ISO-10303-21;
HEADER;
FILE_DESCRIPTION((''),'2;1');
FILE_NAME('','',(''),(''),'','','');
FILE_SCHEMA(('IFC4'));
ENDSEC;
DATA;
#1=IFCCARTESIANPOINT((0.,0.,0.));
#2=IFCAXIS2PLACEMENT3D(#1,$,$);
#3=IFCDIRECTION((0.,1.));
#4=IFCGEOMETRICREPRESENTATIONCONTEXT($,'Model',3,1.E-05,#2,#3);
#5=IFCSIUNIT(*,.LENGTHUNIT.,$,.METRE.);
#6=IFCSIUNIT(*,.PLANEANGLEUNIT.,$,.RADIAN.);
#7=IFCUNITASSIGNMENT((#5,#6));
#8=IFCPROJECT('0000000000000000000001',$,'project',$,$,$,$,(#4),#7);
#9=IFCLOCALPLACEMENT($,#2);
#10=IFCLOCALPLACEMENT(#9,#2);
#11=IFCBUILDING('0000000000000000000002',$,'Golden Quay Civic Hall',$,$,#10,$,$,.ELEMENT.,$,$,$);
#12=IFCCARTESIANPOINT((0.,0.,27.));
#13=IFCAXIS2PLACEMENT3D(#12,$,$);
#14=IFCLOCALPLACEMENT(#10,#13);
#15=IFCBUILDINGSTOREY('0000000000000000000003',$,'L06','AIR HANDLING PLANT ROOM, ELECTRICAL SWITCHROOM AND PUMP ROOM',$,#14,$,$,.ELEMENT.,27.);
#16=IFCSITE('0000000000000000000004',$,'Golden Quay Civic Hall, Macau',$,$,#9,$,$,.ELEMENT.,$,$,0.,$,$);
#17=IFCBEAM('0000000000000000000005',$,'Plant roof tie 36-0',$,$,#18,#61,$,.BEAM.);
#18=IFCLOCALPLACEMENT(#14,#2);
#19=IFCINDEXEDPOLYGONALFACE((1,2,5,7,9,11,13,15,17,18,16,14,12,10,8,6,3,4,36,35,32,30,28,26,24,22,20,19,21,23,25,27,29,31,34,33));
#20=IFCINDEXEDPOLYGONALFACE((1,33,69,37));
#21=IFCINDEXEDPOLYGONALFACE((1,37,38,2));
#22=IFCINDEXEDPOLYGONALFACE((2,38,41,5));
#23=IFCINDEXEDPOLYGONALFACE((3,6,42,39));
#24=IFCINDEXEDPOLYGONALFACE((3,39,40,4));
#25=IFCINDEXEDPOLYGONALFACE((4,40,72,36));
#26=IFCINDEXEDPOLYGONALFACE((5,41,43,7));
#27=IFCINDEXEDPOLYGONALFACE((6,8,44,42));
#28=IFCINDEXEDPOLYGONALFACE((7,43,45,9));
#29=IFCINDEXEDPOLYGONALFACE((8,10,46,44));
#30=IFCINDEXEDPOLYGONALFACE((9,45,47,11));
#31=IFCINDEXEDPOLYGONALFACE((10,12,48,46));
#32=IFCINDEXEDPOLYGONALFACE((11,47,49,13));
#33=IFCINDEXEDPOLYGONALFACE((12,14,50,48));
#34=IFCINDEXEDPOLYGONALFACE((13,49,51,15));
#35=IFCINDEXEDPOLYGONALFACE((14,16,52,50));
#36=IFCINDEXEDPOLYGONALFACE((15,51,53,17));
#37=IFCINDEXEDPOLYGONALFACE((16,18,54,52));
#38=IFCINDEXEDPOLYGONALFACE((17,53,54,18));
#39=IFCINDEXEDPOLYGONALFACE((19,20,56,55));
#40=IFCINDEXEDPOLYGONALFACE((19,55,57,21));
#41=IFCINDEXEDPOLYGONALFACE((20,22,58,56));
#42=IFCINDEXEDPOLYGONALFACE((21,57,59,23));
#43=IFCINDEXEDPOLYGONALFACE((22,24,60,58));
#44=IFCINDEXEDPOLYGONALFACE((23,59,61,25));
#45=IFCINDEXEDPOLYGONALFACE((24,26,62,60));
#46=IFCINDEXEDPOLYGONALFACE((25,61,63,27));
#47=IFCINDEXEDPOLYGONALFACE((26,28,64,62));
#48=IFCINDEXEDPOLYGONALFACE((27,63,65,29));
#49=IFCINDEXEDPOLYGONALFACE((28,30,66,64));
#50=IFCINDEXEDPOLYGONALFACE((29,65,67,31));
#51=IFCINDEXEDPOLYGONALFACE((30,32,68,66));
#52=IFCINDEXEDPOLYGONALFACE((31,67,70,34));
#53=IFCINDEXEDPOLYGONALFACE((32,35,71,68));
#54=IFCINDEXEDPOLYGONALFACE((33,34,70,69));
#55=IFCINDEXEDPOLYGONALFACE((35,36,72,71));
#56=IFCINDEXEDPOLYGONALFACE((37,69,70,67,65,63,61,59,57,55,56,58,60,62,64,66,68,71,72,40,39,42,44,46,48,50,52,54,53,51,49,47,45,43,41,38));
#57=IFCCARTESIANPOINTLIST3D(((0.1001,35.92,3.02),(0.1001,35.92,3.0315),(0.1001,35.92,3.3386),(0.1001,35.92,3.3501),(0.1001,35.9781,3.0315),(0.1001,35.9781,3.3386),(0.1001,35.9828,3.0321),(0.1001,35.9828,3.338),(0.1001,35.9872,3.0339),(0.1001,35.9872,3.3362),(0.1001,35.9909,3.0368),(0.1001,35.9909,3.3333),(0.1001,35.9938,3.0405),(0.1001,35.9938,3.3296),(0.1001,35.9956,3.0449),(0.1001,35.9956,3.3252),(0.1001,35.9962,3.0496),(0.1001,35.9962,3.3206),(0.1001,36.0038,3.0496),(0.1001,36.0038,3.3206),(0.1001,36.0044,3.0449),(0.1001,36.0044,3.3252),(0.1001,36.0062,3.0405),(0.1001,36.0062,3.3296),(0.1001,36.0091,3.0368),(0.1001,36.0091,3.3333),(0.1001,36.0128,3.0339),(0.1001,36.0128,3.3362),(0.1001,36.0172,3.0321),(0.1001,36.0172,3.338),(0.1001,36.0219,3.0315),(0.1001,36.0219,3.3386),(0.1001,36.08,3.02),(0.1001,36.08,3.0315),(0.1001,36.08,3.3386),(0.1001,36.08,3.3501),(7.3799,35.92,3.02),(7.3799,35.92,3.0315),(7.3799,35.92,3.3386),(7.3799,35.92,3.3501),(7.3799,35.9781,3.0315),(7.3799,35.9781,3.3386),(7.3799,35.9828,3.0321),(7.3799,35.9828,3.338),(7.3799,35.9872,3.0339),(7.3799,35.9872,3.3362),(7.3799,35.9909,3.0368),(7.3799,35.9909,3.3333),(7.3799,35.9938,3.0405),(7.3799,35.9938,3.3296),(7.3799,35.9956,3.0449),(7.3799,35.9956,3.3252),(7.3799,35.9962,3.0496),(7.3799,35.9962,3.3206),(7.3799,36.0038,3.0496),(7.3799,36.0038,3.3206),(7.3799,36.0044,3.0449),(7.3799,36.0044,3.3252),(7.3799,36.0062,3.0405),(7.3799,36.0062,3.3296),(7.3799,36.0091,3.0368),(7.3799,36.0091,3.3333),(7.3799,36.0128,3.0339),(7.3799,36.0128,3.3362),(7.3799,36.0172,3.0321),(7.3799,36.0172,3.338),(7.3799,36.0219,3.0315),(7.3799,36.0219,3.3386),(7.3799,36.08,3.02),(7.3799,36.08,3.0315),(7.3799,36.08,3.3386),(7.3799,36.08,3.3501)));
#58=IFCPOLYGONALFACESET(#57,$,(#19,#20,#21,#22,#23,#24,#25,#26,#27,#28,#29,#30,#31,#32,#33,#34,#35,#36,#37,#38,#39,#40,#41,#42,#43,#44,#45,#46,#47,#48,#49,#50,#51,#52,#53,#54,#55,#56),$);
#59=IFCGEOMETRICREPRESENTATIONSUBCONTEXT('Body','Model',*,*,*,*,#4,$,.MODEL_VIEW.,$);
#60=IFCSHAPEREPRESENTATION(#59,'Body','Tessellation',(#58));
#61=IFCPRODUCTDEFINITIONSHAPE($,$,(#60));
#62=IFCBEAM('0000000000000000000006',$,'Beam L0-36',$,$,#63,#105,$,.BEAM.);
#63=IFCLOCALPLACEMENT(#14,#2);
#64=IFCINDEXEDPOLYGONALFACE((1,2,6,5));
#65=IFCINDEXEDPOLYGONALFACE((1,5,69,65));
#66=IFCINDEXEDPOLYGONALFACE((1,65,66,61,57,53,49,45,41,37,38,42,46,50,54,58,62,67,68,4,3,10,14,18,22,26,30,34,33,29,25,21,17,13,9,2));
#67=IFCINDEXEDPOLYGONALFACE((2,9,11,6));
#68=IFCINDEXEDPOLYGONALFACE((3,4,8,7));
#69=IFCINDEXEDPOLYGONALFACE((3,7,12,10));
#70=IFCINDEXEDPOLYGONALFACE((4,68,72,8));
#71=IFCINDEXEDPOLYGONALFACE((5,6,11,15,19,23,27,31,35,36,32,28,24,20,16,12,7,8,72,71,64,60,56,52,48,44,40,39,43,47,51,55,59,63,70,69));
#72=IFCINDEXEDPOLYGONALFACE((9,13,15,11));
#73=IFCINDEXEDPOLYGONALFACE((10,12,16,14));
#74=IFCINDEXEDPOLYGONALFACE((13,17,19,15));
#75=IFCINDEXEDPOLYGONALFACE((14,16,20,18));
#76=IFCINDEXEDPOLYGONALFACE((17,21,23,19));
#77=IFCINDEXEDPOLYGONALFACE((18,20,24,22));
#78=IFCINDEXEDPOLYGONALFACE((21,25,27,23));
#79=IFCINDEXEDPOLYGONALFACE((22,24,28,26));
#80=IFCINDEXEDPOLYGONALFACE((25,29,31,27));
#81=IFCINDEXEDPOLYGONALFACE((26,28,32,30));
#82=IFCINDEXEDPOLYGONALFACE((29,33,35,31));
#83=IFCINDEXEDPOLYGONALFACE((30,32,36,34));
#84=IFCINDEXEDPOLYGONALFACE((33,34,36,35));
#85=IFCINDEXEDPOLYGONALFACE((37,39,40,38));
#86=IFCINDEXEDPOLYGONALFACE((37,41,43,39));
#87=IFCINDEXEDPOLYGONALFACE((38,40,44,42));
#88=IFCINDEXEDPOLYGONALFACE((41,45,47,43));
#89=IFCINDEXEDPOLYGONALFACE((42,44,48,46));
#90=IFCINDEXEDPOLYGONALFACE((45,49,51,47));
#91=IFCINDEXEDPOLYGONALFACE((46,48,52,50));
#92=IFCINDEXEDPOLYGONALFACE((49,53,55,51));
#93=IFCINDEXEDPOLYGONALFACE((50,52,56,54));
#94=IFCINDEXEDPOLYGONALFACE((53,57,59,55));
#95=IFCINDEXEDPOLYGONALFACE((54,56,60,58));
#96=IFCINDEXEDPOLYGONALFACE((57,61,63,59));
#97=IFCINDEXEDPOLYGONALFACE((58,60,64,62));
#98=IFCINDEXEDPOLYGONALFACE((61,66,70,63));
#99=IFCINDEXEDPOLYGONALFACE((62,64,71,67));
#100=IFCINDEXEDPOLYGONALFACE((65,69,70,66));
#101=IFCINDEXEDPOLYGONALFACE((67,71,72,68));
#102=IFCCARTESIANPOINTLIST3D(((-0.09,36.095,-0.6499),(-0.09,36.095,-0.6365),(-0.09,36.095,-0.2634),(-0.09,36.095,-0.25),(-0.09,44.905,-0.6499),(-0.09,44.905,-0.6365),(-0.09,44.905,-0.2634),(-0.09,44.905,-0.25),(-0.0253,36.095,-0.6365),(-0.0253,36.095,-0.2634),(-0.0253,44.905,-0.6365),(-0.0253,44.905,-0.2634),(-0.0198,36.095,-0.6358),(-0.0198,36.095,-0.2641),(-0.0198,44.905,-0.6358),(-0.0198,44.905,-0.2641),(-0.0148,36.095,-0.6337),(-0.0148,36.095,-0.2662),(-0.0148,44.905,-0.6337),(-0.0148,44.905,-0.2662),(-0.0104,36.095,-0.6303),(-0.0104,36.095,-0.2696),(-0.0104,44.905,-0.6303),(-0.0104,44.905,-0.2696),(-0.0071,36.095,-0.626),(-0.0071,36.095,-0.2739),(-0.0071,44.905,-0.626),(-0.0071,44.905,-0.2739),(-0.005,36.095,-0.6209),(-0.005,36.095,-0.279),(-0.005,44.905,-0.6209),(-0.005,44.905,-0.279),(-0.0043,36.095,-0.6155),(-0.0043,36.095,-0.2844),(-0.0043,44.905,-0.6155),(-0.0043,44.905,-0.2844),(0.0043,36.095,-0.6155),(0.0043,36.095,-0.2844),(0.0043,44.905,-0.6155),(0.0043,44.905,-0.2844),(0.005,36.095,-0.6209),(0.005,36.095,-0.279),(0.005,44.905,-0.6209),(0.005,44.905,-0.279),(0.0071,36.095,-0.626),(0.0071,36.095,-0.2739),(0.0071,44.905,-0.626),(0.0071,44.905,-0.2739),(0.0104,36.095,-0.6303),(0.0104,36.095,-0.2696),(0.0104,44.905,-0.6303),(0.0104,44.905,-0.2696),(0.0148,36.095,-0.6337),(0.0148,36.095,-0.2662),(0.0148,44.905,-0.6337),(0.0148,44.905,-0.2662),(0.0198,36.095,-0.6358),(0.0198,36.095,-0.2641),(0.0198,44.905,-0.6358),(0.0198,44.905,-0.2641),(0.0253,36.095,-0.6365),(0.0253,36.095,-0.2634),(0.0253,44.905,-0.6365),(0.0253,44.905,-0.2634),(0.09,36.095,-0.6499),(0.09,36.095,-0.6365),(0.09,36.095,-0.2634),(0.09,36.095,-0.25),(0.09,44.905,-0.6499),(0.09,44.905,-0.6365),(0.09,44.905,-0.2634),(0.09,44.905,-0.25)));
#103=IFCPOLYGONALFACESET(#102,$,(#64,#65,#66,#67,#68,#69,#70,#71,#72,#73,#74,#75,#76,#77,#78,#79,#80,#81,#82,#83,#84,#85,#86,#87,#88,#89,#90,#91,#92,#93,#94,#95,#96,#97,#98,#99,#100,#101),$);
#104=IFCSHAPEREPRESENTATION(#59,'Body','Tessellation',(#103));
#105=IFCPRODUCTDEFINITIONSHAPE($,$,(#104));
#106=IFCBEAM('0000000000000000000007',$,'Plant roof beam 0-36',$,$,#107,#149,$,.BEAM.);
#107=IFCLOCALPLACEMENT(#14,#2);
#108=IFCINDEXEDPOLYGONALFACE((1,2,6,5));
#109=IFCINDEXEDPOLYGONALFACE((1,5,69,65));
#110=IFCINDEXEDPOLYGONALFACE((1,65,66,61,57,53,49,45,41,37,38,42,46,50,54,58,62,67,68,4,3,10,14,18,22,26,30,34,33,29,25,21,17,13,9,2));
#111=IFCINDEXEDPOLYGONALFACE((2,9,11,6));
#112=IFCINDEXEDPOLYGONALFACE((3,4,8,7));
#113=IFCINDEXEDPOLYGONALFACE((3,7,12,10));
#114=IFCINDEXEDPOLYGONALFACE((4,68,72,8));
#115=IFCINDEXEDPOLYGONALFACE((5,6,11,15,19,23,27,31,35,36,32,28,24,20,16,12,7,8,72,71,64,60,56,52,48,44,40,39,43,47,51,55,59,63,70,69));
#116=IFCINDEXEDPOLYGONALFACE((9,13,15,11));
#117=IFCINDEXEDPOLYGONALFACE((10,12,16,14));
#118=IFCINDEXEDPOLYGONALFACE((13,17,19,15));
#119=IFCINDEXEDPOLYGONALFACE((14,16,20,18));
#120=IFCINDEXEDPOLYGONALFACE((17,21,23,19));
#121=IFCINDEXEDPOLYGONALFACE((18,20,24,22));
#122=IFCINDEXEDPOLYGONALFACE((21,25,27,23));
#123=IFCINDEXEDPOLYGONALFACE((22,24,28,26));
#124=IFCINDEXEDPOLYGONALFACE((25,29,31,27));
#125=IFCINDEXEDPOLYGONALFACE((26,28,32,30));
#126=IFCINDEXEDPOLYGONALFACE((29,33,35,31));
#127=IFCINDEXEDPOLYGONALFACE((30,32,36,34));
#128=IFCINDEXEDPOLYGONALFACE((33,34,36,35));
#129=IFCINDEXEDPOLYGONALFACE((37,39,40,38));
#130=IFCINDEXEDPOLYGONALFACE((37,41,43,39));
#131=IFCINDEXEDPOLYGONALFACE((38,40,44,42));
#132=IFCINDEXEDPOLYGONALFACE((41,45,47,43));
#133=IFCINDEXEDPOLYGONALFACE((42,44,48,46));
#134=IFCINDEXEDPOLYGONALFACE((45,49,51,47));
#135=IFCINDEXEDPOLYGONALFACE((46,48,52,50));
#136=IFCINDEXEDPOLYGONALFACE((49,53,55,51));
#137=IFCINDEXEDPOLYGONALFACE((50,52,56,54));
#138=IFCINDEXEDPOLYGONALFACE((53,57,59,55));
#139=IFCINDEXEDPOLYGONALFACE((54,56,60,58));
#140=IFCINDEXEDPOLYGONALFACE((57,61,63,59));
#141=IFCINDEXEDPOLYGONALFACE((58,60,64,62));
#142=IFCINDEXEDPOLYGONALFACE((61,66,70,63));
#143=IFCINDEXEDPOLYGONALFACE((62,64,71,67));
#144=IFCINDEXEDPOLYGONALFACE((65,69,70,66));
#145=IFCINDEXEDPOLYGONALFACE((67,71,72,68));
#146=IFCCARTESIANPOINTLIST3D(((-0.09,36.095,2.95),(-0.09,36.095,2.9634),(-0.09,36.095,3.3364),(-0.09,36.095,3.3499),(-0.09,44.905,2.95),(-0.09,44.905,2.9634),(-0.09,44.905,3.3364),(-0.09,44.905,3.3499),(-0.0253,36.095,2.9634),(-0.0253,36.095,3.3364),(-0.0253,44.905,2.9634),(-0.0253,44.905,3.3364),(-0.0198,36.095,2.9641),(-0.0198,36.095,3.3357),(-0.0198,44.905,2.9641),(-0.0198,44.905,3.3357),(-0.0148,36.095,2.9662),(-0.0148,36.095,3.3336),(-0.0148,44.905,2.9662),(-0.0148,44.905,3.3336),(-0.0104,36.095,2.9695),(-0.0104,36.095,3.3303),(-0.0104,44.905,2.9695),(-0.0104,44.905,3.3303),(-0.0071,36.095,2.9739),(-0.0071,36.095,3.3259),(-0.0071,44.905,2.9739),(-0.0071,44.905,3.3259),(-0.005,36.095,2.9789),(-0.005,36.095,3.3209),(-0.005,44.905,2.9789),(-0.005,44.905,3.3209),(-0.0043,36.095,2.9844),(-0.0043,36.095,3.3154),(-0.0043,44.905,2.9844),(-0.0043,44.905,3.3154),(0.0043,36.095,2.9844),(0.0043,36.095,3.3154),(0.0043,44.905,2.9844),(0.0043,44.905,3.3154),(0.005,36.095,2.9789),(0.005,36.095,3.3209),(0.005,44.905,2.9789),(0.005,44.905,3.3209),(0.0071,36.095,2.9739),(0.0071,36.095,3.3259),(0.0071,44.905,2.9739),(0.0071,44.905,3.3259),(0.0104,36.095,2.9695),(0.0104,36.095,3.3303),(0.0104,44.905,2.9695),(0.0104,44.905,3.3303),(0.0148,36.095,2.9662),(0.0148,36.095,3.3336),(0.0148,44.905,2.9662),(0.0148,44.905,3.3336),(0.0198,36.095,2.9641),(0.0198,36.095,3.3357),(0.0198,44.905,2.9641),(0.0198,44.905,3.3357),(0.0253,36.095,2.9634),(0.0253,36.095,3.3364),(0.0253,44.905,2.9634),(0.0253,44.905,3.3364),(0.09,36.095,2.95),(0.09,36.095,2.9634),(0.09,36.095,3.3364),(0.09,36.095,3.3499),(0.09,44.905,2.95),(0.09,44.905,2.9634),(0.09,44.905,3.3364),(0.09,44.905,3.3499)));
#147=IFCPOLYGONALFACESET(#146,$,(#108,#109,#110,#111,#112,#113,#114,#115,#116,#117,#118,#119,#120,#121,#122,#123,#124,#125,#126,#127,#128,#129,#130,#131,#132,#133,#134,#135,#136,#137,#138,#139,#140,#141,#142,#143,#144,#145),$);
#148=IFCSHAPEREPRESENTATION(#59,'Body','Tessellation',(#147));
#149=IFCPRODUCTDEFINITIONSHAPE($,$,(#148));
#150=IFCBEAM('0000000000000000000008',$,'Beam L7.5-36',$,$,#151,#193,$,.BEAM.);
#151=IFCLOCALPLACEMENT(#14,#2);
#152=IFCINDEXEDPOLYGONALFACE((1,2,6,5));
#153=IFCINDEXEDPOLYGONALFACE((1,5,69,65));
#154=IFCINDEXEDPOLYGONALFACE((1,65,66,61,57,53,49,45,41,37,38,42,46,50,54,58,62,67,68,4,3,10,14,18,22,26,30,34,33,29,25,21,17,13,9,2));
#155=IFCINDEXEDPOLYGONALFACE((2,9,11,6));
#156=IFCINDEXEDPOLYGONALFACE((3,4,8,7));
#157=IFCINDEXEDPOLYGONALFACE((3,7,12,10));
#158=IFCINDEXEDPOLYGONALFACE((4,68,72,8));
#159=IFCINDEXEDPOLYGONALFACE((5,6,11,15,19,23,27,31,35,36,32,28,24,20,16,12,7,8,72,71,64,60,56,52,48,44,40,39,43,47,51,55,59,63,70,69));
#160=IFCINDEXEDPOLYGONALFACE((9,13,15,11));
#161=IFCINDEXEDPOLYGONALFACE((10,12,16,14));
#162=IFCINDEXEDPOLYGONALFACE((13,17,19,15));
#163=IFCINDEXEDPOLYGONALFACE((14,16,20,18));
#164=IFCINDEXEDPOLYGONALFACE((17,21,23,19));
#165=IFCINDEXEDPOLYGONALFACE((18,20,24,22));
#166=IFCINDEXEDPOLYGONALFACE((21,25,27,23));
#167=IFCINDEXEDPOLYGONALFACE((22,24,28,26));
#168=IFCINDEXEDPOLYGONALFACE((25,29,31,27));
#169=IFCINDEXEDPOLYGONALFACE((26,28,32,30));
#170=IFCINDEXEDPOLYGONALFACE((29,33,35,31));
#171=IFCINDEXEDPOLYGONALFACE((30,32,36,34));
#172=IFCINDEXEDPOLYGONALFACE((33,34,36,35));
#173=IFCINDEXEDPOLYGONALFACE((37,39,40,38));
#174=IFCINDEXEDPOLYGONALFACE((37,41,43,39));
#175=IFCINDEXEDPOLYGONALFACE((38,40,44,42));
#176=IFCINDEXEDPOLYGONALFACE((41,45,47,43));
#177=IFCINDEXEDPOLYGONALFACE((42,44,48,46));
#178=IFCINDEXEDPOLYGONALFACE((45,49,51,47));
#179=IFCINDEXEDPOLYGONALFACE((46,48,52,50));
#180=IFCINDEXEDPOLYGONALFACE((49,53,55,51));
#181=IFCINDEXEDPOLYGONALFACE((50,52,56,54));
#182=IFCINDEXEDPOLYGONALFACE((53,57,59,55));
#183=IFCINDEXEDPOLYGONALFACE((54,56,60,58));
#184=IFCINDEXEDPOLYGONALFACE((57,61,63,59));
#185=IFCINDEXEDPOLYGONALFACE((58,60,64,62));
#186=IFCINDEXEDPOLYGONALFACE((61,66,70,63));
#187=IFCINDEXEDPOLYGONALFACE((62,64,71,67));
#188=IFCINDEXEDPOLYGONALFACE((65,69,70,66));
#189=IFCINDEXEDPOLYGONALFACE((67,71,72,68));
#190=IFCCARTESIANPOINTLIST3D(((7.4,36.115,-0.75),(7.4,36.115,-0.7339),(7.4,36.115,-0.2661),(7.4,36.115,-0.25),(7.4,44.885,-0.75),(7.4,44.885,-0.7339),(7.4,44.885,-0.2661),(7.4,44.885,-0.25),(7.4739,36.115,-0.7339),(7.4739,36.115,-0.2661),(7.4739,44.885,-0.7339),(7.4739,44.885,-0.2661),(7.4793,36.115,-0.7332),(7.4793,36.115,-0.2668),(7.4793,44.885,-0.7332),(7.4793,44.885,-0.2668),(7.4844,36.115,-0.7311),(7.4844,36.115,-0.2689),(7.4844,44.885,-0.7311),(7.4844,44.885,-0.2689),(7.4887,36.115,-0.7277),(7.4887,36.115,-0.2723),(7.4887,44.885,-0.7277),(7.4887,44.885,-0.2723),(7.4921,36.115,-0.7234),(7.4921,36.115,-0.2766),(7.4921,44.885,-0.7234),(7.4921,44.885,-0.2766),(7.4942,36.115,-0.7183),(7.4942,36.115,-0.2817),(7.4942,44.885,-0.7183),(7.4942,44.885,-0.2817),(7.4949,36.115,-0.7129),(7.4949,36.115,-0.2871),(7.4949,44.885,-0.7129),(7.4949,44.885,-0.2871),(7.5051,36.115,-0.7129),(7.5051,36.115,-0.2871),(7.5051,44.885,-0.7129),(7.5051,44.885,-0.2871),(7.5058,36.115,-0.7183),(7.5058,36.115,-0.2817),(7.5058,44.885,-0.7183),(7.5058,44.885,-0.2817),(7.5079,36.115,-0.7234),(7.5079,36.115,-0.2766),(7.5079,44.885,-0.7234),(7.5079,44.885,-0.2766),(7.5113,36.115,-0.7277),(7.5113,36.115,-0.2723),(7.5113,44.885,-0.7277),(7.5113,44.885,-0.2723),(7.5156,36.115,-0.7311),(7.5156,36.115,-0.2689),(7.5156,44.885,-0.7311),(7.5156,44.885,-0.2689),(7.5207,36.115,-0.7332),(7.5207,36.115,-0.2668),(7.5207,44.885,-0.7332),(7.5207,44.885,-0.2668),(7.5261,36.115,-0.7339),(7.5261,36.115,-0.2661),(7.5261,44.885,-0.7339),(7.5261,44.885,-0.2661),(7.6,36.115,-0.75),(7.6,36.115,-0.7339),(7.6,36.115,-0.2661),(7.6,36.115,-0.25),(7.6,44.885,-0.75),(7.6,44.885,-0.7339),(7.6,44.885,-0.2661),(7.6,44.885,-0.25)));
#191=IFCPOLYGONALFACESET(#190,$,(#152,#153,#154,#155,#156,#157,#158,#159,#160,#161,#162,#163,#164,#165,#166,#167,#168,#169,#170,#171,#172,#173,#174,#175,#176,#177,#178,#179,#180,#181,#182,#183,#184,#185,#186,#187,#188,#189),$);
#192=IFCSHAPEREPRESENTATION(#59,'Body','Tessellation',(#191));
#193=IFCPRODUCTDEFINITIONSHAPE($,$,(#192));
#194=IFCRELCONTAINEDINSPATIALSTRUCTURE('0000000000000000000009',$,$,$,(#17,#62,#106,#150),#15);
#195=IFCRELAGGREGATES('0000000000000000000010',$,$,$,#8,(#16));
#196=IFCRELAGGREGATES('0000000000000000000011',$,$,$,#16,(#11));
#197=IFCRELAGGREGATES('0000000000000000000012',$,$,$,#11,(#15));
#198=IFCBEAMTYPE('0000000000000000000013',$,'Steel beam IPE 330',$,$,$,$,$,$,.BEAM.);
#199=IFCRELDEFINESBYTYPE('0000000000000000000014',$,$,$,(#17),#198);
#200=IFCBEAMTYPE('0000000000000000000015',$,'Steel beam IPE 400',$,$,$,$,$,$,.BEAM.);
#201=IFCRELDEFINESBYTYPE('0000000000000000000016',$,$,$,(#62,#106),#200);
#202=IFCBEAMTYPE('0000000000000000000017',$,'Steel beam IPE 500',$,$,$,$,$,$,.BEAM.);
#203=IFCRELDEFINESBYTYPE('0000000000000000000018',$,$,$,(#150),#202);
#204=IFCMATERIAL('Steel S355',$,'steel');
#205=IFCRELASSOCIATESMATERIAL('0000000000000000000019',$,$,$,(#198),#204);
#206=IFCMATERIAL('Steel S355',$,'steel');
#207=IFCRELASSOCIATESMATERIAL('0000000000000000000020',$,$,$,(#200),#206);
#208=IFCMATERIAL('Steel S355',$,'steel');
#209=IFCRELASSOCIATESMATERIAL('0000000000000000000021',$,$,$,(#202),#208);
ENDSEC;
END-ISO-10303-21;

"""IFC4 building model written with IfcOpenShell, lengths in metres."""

from ifc_helpers import new_model, si_unit, direction, frame, origin, origin_2d, place, context, subcontext, project, spatial, i_section, extrude, material, material_profile, profile_set, type_object, element, save


model = new_model("IFC4")

# Units and contexts
model_context = context("Model", 3, precision=1e-05, world=origin(), true_north=direction((0.0, 1.0)))
body_context = subcontext(model_context, "Body", "Model", "MODEL_VIEW")
ifc_project = project(units=[si_unit("LENGTHUNIT", "METRE"), si_unit("PLANEANGLEUNIT", "RADIAN")], contexts=[model_context])

# Site, building, storey
site_placement = place(None, origin())
site = spatial("IfcSite", under=ifc_project, at=site_placement, Name="Golden Quay Civic Hall, Macau", CompositionType="ELEMENT", RefElevation=0.0)
building_placement = place(site_placement, origin())
building = spatial("IfcBuilding", under=site, at=building_placement, Name="Golden Quay Civic Hall", CompositionType="ELEMENT")
storey_placement = place(building_placement, frame((0.0, 0.0, 27.0)))
storey = spatial("IfcBuildingStorey", under=building, at=storey_placement, Name="L06", Description="AIR HANDLING PLANT ROOM, ELECTRICAL SWITCHROOM AND PUMP ROOM", CompositionType="ELEMENT", Elevation=27.0)

# Beams
ifc_material_1 = material(Name="Steel S355", Category="steel")
ifc_material_profile_1 = material_profile(ifc_material_1, i_section(OverallWidth=0.1599, OverallDepth=0.3301, WebThickness=0.0076, FlangeThickness=0.0115, FilletRadius=0.0181, at=origin_2d()), Name="IPE 330")
ifc_profile_set_1 = profile_set([ifc_material_profile_1], Name="Steel S355")
beam_type_1 = type_object("IfcBeamType", Name="Steel beam IPE 330", PredefinedType="BEAM", material=ifc_profile_set_1)
for number, where, z_axis, x_axis, name in (
    (1, (0.1001, 36.0, 3.1851), (1.0, 0.0, 0.0), (0.0, 1.0, 0.0), "Plant roof tie 36-0"),
):
    element("IfcBeam", number, at=place(storey_placement, frame(where, z_axis=z_axis, x_axis=x_axis)), inside=storey, type_object=beam_type_1, Name=name, PredefinedType="BEAM", context=body_context, shape_type="SweptSolid", body=[
        extrude(i_section(OverallWidth=0.1599, OverallDepth=0.3301, WebThickness=0.0076, FlangeThickness=0.0115, FilletRadius=0.0181, at=origin_2d()), origin(), (0.0, 0.0, 1.0), 7.2798),
    ])
ifc_material_2 = material(Name="Steel S355", Category="steel")
ifc_material_profile_2 = material_profile(ifc_material_2, i_section(OverallWidth=0.1799, OverallDepth=0.3999, WebThickness=0.0085, FlangeThickness=0.0134, FilletRadius=0.021, at=origin_2d()), Name="IPE 400")
ifc_profile_set_2 = profile_set([ifc_material_profile_2], Name="Steel S355")
beam_type_2 = type_object("IfcBeamType", Name="Steel beam IPE 400", PredefinedType="BEAM", material=ifc_profile_set_2)
for number, where, z_axis, x_axis, name in (
    (2, (0.0, 36.095, -0.45), (0.0, 1.0, 0.0), (-1.0, 0.0, 0.0), "Beam L0-36"),
    (3, (0.0, 36.095, 3.1499), (0.0, 1.0, 0.0), (-1.0, 0.0, 0.0), "Plant roof beam 0-36"),
):
    element("IfcBeam", number, at=place(storey_placement, frame(where, z_axis=z_axis, x_axis=x_axis)), inside=storey, type_object=beam_type_2, Name=name, PredefinedType="BEAM", context=body_context, shape_type="SweptSolid", body=[
        extrude(i_section(OverallWidth=0.1799, OverallDepth=0.3999, WebThickness=0.0085, FlangeThickness=0.0134, FilletRadius=0.021, at=origin_2d()), origin(), (0.0, 0.0, 1.0), 8.8101),
    ])
ifc_material_3 = material(Name="Steel S355", Category="steel")
ifc_material_profile_3 = material_profile(ifc_material_3, i_section(OverallWidth=0.2, OverallDepth=0.5, WebThickness=0.0103, FlangeThickness=0.0161, FilletRadius=0.021, at=origin_2d()), Name="IPE 500")
ifc_profile_set_3 = profile_set([ifc_material_profile_3], Name="Steel S355")
beam_type_3 = type_object("IfcBeamType", Name="Steel beam IPE 500", PredefinedType="BEAM", material=ifc_profile_set_3)
for number, where, z_axis, x_axis, name in (
    (4, (7.5, 36.115, -0.5), (0.0, 1.0, 0.0), (-1.0, 0.0, 0.0), "Beam L7.5-36"),
):
    element("IfcBeam", number, at=place(storey_placement, frame(where, z_axis=z_axis, x_axis=x_axis)), inside=storey, type_object=beam_type_3, Name=name, PredefinedType="BEAM", context=body_context, shape_type="SweptSolid", body=[
        extrude(i_section(OverallWidth=0.2, OverallDepth=0.5, WebThickness=0.0103, FlangeThickness=0.0161, FilletRadius=0.021, at=origin_2d()), origin(), (0.0, 0.0, 1.0), 8.77),
    ])

save(model, "model.ifc")
